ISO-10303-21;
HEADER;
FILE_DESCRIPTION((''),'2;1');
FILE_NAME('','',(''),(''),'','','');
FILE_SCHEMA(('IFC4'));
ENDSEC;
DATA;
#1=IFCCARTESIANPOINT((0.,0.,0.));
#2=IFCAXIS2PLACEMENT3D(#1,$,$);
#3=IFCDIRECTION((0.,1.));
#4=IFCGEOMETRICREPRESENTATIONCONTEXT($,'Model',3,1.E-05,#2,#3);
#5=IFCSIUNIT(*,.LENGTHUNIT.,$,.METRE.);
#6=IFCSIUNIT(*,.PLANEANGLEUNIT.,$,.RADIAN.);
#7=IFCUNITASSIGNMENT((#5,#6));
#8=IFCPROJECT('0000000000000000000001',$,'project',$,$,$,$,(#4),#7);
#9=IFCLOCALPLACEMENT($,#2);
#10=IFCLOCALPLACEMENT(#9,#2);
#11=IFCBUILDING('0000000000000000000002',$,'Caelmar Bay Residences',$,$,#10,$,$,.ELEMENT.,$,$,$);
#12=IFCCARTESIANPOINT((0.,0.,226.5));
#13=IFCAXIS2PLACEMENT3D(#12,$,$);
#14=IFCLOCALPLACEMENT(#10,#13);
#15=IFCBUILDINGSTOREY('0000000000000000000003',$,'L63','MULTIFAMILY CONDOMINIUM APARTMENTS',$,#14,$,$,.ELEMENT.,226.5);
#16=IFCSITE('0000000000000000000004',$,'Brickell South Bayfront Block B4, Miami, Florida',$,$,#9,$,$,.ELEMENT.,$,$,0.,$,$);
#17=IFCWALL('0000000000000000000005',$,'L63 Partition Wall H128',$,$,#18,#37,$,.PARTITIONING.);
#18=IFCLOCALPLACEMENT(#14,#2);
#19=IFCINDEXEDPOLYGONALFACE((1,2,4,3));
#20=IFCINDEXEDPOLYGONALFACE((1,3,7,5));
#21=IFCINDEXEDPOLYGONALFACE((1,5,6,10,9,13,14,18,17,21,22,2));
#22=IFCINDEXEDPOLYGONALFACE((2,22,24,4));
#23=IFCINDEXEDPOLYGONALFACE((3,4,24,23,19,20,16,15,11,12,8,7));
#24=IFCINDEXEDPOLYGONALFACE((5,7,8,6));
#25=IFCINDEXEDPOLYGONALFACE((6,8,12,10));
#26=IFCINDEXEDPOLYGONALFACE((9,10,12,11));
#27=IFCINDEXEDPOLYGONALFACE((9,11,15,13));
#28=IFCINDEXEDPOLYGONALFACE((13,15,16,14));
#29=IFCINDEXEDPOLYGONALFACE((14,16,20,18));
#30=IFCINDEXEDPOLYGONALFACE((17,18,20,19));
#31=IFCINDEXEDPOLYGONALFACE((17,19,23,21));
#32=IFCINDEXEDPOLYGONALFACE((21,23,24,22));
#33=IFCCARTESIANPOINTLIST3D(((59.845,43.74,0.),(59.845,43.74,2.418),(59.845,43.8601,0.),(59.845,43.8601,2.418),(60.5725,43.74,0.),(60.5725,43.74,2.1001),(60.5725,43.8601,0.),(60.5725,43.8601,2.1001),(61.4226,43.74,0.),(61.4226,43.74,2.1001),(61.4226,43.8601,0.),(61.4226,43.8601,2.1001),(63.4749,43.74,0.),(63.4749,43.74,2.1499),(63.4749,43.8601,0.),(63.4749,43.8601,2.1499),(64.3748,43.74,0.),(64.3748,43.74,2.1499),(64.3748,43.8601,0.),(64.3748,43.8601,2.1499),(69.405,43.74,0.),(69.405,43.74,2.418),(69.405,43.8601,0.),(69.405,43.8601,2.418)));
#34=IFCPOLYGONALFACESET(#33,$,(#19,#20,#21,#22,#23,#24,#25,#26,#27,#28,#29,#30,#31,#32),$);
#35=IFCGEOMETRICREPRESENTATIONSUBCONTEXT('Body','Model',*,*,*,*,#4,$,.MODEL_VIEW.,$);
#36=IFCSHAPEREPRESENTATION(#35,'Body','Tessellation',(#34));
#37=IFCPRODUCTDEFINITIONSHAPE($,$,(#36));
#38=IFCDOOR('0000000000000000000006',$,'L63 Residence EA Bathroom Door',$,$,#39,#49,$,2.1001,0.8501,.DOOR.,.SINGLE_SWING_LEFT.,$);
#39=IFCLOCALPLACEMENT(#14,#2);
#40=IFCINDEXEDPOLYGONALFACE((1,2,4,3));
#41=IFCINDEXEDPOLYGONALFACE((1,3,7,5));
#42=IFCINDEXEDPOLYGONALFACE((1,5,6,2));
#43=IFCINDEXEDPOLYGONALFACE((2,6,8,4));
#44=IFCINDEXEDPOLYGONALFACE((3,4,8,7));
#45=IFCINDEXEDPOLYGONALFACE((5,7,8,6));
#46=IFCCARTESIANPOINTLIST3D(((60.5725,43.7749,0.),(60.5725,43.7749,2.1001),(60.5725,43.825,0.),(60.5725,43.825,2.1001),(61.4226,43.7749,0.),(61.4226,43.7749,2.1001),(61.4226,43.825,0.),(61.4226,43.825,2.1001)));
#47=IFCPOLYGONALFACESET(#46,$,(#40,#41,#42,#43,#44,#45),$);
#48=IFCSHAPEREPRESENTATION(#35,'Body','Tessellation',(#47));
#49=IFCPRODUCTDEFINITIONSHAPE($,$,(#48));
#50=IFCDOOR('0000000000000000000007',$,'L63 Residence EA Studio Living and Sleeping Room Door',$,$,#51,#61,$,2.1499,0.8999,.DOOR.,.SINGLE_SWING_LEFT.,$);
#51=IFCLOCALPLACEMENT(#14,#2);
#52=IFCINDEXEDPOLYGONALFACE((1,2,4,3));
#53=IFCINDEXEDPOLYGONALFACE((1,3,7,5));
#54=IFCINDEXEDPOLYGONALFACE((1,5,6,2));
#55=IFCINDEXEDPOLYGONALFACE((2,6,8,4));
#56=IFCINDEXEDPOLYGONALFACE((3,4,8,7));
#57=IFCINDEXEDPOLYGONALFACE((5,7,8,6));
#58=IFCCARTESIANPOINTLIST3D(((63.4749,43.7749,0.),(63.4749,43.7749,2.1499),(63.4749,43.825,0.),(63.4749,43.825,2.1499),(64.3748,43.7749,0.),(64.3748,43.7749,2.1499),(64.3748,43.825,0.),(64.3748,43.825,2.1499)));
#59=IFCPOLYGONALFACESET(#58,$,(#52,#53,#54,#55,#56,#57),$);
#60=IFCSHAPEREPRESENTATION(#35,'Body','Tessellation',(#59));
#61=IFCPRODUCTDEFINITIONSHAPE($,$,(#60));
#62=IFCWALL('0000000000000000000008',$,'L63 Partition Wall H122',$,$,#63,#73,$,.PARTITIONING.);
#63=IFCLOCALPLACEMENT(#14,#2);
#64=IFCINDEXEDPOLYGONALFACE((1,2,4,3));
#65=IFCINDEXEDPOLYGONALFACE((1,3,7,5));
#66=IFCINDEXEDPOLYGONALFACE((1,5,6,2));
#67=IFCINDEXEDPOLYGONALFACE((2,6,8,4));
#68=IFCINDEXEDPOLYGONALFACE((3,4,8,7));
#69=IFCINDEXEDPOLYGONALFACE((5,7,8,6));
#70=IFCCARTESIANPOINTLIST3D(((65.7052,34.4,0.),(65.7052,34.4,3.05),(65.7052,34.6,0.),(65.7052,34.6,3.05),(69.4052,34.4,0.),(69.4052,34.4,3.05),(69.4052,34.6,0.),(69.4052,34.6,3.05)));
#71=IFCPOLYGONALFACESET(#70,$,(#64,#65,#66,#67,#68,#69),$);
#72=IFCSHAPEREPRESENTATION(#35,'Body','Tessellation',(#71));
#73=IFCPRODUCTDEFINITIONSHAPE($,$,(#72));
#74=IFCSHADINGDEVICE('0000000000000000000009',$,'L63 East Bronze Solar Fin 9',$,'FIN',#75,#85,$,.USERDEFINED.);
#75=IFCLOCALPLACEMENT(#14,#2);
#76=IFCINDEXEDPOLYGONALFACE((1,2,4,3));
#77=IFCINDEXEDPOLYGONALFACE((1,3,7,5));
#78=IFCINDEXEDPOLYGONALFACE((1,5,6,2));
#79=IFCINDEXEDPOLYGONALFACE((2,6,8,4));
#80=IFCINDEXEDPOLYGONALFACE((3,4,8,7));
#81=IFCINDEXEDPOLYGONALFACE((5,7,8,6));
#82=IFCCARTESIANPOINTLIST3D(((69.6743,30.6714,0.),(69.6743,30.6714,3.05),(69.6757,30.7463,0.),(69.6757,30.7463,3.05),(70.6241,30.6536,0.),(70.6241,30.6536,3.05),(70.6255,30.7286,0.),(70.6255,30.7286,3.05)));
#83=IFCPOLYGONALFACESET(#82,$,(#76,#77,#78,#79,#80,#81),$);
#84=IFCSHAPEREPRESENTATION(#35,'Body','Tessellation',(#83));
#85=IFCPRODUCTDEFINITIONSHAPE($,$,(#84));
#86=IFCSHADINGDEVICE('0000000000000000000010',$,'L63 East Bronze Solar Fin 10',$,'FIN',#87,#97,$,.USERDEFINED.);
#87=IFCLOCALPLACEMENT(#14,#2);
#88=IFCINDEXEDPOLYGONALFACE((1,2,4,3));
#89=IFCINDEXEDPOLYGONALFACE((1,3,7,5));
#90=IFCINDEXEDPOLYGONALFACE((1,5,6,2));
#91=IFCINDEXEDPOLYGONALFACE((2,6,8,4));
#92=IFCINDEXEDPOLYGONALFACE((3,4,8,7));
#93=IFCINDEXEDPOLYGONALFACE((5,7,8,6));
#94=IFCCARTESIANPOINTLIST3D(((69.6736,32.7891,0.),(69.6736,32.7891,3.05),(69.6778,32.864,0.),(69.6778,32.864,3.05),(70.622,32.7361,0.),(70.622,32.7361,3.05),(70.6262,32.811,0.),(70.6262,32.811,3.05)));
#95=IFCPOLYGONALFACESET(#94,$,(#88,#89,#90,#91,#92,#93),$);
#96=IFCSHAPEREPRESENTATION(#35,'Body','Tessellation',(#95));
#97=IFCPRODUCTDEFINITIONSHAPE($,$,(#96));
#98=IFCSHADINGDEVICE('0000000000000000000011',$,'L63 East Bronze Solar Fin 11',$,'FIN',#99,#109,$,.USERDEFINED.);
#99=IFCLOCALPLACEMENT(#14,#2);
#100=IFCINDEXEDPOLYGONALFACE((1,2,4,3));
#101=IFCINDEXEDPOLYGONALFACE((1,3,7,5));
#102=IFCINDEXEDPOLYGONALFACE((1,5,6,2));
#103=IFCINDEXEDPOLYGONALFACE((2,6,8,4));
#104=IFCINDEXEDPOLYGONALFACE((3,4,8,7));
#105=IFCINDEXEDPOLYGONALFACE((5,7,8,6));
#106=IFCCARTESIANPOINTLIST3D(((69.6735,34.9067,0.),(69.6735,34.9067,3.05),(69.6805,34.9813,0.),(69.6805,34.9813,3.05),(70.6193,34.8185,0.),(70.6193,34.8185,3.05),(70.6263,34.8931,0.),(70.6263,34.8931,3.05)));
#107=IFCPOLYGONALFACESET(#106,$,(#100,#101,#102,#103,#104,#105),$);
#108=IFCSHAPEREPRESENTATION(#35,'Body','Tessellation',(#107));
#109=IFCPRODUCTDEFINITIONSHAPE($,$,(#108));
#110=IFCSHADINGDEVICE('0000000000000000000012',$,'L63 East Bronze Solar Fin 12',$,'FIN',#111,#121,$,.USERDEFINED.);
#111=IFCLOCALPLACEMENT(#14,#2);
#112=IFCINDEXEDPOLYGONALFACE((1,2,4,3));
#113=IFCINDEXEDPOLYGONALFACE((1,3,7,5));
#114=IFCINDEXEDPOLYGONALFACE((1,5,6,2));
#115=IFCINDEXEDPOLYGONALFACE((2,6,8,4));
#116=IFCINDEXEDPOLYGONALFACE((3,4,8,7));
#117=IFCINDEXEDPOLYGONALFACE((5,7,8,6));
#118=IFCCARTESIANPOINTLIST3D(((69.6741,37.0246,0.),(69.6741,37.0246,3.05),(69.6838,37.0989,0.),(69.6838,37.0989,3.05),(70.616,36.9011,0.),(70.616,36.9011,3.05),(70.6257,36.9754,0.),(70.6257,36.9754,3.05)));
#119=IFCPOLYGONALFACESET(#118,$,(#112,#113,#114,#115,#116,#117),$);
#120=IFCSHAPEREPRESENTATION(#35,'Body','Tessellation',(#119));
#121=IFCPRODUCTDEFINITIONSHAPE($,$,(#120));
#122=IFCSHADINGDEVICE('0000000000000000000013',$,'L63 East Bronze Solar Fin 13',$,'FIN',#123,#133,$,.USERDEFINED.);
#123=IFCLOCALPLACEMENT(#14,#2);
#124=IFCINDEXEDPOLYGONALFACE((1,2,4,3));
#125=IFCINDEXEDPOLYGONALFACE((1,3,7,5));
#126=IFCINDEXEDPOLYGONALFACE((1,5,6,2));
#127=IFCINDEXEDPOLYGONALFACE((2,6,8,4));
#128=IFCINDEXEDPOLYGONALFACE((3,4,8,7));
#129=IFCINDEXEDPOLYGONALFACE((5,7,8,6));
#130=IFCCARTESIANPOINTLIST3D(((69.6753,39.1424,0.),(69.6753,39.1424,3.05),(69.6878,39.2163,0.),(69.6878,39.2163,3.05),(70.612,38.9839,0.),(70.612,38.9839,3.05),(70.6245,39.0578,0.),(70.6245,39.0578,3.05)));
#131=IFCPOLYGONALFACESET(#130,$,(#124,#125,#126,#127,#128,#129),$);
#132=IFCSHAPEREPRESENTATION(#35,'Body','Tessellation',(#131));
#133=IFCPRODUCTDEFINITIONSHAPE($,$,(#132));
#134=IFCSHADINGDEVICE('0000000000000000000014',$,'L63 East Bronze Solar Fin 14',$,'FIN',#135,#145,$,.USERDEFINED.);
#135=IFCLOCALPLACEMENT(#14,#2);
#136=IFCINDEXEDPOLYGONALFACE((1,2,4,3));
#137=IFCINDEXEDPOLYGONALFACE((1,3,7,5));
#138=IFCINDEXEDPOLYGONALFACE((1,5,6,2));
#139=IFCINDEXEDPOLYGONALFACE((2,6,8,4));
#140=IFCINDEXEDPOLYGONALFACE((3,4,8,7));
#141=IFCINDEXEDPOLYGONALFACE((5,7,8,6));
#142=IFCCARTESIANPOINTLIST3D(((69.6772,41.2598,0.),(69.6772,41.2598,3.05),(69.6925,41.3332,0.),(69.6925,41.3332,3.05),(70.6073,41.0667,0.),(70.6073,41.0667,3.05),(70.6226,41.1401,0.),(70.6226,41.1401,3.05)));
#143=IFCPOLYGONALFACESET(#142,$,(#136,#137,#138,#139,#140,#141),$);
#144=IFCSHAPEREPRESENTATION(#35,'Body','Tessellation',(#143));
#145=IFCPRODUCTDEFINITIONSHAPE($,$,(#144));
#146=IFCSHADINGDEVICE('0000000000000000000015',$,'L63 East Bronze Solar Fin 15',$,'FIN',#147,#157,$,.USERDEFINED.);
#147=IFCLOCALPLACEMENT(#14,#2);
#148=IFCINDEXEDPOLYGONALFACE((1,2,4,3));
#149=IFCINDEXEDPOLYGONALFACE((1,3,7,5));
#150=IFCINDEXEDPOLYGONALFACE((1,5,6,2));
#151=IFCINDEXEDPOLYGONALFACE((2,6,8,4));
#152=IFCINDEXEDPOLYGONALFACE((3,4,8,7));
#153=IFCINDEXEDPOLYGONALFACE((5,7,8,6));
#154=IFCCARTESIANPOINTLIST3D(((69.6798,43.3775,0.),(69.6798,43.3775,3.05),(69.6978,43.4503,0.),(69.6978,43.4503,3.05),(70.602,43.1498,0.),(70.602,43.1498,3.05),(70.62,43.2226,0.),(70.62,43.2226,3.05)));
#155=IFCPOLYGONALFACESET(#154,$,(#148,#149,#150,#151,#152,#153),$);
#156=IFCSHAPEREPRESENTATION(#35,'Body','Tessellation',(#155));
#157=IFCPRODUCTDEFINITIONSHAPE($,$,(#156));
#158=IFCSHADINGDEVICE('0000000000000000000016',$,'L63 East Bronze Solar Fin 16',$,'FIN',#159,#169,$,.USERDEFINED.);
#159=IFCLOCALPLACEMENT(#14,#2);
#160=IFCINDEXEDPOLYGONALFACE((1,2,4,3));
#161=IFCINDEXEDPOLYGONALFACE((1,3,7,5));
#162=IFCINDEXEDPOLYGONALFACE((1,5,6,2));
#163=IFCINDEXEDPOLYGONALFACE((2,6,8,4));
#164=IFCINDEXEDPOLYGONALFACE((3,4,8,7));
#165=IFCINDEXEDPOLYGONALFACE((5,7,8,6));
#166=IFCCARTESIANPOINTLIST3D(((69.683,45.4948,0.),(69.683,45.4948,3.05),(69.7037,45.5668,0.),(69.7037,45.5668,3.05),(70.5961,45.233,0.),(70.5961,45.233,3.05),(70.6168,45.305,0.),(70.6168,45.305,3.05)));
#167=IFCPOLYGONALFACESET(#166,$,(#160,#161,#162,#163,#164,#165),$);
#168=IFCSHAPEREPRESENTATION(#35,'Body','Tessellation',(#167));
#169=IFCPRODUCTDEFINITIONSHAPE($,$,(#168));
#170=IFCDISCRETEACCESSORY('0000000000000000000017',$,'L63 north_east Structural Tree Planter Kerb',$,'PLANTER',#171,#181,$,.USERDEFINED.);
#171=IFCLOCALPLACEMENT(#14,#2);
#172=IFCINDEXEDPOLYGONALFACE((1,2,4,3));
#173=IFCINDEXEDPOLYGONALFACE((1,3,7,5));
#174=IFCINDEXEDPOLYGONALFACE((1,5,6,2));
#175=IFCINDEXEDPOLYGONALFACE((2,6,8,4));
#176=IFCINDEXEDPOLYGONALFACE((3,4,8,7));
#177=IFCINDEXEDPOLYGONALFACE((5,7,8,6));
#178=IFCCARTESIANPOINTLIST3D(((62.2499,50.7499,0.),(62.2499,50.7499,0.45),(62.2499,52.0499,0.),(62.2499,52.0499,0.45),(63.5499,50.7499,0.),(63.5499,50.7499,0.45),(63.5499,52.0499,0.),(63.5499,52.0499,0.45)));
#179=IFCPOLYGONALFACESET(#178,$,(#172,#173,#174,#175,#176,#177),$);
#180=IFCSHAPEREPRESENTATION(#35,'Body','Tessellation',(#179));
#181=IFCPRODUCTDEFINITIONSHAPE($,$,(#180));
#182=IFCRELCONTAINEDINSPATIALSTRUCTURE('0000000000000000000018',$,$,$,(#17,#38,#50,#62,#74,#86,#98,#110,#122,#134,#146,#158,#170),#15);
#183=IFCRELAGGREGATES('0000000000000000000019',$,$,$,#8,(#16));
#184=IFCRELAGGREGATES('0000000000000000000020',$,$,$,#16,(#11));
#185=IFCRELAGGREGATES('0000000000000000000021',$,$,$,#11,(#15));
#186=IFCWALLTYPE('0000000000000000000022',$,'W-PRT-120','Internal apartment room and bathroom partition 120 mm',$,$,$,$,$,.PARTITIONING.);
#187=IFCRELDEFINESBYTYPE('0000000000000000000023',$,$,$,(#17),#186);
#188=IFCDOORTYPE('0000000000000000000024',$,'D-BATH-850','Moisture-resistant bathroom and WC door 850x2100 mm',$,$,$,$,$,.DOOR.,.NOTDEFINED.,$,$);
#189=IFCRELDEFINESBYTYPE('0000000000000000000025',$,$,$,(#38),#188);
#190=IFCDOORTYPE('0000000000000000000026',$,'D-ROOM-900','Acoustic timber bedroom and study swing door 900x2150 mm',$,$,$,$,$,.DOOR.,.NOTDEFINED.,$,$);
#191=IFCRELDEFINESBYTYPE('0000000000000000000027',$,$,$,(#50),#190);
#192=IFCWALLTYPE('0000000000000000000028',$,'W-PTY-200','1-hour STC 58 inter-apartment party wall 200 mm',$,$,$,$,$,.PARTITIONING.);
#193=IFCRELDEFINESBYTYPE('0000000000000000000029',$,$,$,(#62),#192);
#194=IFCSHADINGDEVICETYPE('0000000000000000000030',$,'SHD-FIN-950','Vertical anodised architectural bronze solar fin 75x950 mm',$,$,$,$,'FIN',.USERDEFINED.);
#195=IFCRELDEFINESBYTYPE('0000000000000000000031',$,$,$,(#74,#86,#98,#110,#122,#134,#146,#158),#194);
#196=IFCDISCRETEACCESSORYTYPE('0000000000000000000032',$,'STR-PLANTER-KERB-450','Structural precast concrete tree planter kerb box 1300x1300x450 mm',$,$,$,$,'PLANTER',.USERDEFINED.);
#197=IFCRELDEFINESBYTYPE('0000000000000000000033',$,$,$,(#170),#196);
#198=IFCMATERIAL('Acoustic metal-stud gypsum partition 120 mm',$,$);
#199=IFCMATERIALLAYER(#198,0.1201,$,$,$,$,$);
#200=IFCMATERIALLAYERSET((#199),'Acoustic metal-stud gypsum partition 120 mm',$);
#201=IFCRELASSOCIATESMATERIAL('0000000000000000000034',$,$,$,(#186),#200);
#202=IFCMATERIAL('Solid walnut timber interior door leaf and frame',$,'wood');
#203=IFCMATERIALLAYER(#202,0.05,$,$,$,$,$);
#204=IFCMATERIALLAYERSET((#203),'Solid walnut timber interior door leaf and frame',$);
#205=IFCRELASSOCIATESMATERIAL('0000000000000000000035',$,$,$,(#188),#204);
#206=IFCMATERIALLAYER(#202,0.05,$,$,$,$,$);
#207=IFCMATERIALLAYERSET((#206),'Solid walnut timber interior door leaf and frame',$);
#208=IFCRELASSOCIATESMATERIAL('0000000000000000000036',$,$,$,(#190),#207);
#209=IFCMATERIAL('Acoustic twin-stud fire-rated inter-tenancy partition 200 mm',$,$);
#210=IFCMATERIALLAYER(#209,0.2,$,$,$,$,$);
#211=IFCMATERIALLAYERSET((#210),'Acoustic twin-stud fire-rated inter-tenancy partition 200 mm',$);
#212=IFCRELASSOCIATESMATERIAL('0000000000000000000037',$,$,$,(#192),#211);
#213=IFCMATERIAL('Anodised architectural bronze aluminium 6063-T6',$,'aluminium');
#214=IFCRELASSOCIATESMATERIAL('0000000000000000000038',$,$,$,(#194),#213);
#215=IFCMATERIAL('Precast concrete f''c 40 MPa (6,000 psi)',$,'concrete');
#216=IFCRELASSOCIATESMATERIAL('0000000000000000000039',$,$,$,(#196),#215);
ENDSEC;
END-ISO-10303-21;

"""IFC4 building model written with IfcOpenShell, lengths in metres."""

from ifc_helpers import new_model, si_unit, direction, frame, frame_2d, origin, origin_2d, place, context, subcontext, project, spatial, rectangle, extrude, material, layer, layer_set, material_profile, profile_set, type_object, element, fill, save


model = new_model("IFC4")

# Units and contexts
model_context = context("Model", 3, precision=1e-05, world=origin(), true_north=direction((0.0, 1.0)))
body_context = subcontext(model_context, "Body", "Model", "MODEL_VIEW")
ifc_project = project(units=[si_unit("LENGTHUNIT", "METRE"), si_unit("PLANEANGLEUNIT", "RADIAN")], contexts=[model_context])

# Site, building, storey
site_placement = place(None, origin())
site = spatial("IfcSite", under=ifc_project, at=site_placement, Name="Brickell South Bayfront Block B4, Miami, Florida", CompositionType="ELEMENT", RefElevation=0.0)
building_placement = place(site_placement, origin())
building = spatial("IfcBuilding", under=site, at=building_placement, Name="Caelmar Bay Residences", CompositionType="ELEMENT")
storey_placement = place(building_placement, frame((0.0, 0.0, 226.5)))
storey = spatial("IfcBuildingStorey", under=building, at=storey_placement, Name="L63", Description="MULTIFAMILY CONDOMINIUM APARTMENTS", CompositionType="ELEMENT", Elevation=226.5)

# Shared definitions
ifc_material_1 = material(Name="Precast concrete f'c 40 MPa (6,000 psi)", Category="concrete")

# Shared definitions
ifc_material_2 = material(Name="Acoustic metal-stud gypsum partition 120 mm")
ifc_layer_1 = layer(ifc_material_2, 0.1201)
ifc_layer_set_1 = layer_set([ifc_layer_1], Name="Acoustic metal-stud gypsum partition 120 mm")
wall_type_1 = type_object("IfcWallType", Name="W-PRT-120", Description="Internal apartment room and bathroom partition 120 mm", PredefinedType="PARTITIONING", material=ifc_layer_set_1)
ifc_material_3 = material(Name="Solid walnut timber interior door leaf and frame", Category="wood")
ifc_layer_2 = layer(ifc_material_3, 0.05)
ifc_layer_set_2 = layer_set([ifc_layer_2], Name="Solid walnut timber interior door leaf and frame")
door_type_1 = type_object("IfcDoorType", Name="D-BATH-850", Description="Moisture-resistant bathroom and WC door 850x2100 mm", OperationType="NOTDEFINED", PredefinedType="DOOR", material=ifc_layer_set_2)

# Shared definitions
ifc_layer_3 = layer(ifc_material_3, 0.05)
ifc_layer_set_3 = layer_set([ifc_layer_3], Name="Solid walnut timber interior door leaf and frame")
door_type_2 = type_object("IfcDoorType", Name="D-ROOM-900", Description="Acoustic timber bedroom and study swing door 900x2150 mm", OperationType="NOTDEFINED", PredefinedType="DOOR", material=ifc_layer_set_3)

# Wall, openings, doors
wall_1_placement = place(storey_placement, frame((59.845, 43.8, 0.0), z_axis=(0.0, 0.0, 1.0), x_axis=(1.0, 0.0, 0.0)))
wall_1 = element("IfcWall", 1, at=wall_1_placement, inside=storey, type_object=wall_type_1, Name="L63 Partition Wall H128", PredefinedType="PARTITIONING", context=body_context, shape_type="SweptSolid", body=[
    extrude(rectangle(XDim=9.5601, YDim=0.1201, at=frame_2d((4.78, 0.0))), origin(), (0.0, 0.0, 1.0), 2.418),
])
opening_1_placement = place(wall_1_placement, frame((3.6299, 0.0, 0.0)))
opening_1 = element("IfcOpeningElement", 2, at=opening_1_placement, cuts=wall_1, PredefinedType="OPENING", context=body_context, shape_type="SweptSolid", body=[
    extrude(rectangle(XDim=0.8999, YDim=2.1499, at=frame_2d((0.45, 1.075))), frame((0.0, 0.0701, 0.0), z_axis=(0.0, -1.0, 0.0), x_axis=(1.0, 0.0, 0.0)), (0.0, 0.0, 1.0), 0.1401),
])
opening_2_placement = place(wall_1_placement, frame((0.7275, 0.0, 0.0)))
opening_2 = element("IfcOpeningElement", 3, at=opening_2_placement, cuts=wall_1, PredefinedType="OPENING", context=body_context, shape_type="SweptSolid", body=[
    extrude(rectangle(XDim=0.8501, YDim=2.1001, at=frame_2d((0.425, 1.05))), frame((0.0, 0.0701, 0.0), z_axis=(0.0, -1.0, 0.0), x_axis=(1.0, 0.0, 0.0)), (0.0, 0.0, 1.0), 0.1401),
])
door_1_placement = place(opening_2_placement, origin())
door_1 = element("IfcDoor", 4, at=door_1_placement, inside=storey, type_object=door_type_1, Name="L63 Residence EA Bathroom Door", OperationType="SINGLE_SWING_LEFT", OverallHeight=2.1001, OverallWidth=0.8501, PredefinedType="DOOR", context=body_context, shape_type="SweptSolid", body=[
    extrude(rectangle(XDim=0.8501, YDim=2.1001, at=frame_2d((0.425, 1.05))), frame((0.0, 0.0249, 0.0), z_axis=(0.0, -1.0, 0.0), x_axis=(1.0, 0.0, 0.0)), (0.0, 0.0, 1.0), 0.05),
])
fill(opening_2, door_1)
door_2_placement = place(opening_1_placement, origin())
door_2 = element("IfcDoor", 5, at=door_2_placement, inside=storey, type_object=door_type_2, Name="L63 Residence EA Studio Living and Sleeping Room Door", OperationType="SINGLE_SWING_LEFT", OverallHeight=2.1499, OverallWidth=0.8999, PredefinedType="DOOR", context=body_context, shape_type="SweptSolid", body=[
    extrude(rectangle(XDim=0.8999, YDim=2.1499, at=frame_2d((0.45, 1.075))), frame((0.0, 0.0249, 0.0), z_axis=(0.0, -1.0, 0.0), x_axis=(1.0, 0.0, 0.0)), (0.0, 0.0, 1.0), 0.05),
])
fill(opening_1, door_2)

# Wall
ifc_material_4 = material(Name="Acoustic twin-stud fire-rated inter-tenancy partition 200 mm")
ifc_layer_4 = layer(ifc_material_4, 0.2)
ifc_layer_set_4 = layer_set([ifc_layer_4], Name="Acoustic twin-stud fire-rated inter-tenancy partition 200 mm")
wall_type_2 = type_object("IfcWallType", Name="W-PTY-200", Description="1-hour STC 58 inter-apartment party wall 200 mm", PredefinedType="PARTITIONING", material=ifc_layer_set_4)
wall_2_placement = place(storey_placement, frame((65.7051, 34.5, 0.0), z_axis=(0.0, 0.0, 1.0), x_axis=(1.0, 0.0, 0.0)))
element("IfcWall", 6, at=wall_2_placement, inside=storey, type_object=wall_type_2, Name="L63 Partition Wall H122", PredefinedType="PARTITIONING", context=body_context, shape_type="SweptSolid", body=[
    extrude(rectangle(XDim=3.7, YDim=0.2, at=frame_2d((1.8501, 0.0))), origin(), (0.0, 0.0, 1.0), 3.05),
])

# Shading devices
ifc_material_5 = material(Name="Anodised architectural bronze aluminium 6063-T6", Category="aluminium")
ifc_material_profile_1 = material_profile(ifc_material_5, rectangle(XDim=0.075, YDim=0.95, at=origin_2d()), Name="BRONZE-FIN-75X950")
ifc_profile_set_1 = profile_set([ifc_material_profile_1], Name="Anodised architectural bronze aluminium 6063-T6")
shading_device_type = type_object("IfcShadingDeviceType", Name="SHD-FIN-950", Description="Vertical anodised architectural bronze solar fin 75x950 mm", ElementType="FIN", PredefinedType="USERDEFINED", material=ifc_profile_set_1)
for number, where, z_axis, x_axis, name in (
    (7, (70.1499, 30.7, 0.0), (0.0, 0.0, 1.0), (0.018674, 0.999826, 0.0), "L63 East Bronze Solar Fin 9"),
    (8, (70.1499, 32.8, 0.0), (0.0, 0.0, 1.0), (0.055822, 0.998441, 0.0), "L63 East Bronze Solar Fin 10"),
    (9, (70.1499, 34.8999, 0.0), (0.0, 0.0, 1.0), (0.092892, 0.995676, 0.0), "L63 East Bronze Solar Fin 11"),
    (10, (70.1499, 37.0, 0.0), (0.0, 0.0, 1.0), (0.130007, 0.991513, 0.0), "L63 East Bronze Solar Fin 12"),
    (11, (70.1499, 39.1001, 0.0), (0.0, 0.0, 1.0), (0.166769, 0.985996, 0.0), "L63 East Bronze Solar Fin 13"),
    (12, (70.1499, 41.2, 0.0), (0.0, 0.0, 1.0), (0.2033, 0.979116, 0.0), "L63 East Bronze Solar Fin 14"),
    (13, (70.1499, 43.3, 0.0), (0.0, 0.0, 1.0), (0.23972, 0.970842, 0.0), "L63 East Bronze Solar Fin 15"),
    (14, (70.1499, 45.3999, 0.0), (0.0, 0.0, 1.0), (0.275637, 0.961262, 0.0), "L63 East Bronze Solar Fin 16"),
):
    element("IfcShadingDevice", number, at=place(storey_placement, frame(where, z_axis=z_axis, x_axis=x_axis)), inside=storey, type_object=shading_device_type, Name=name, ObjectType="FIN", PredefinedType="USERDEFINED", context=body_context, shape_type="SweptSolid", body=[
        extrude(rectangle(XDim=0.075, YDim=0.95, at=origin_2d()), origin(), (0.0, 0.0, 1.0), 3.05),
    ])

# Discrete accessory
discrete_accessory_type = type_object("IfcDiscreteAccessoryType", Name="STR-PLANTER-KERB-450", Description="Structural precast concrete tree planter kerb box 1300x1300x450 mm", ElementType="PLANTER", PredefinedType="USERDEFINED", material=ifc_material_1)
discrete_accessory_placement = place(storey_placement, frame((62.8999, 51.3999, 0.0), z_axis=(0.0, 0.0, 1.0), x_axis=(1.0, 0.0, 0.0)))
element("IfcDiscreteAccessory", 15, at=discrete_accessory_placement, inside=storey, type_object=discrete_accessory_type, Name="L63 north_east Structural Tree Planter Kerb", ObjectType="PLANTER", PredefinedType="USERDEFINED", context=body_context, shape_type="SweptSolid", body=[
    extrude(rectangle(XDim=1.3, YDim=1.3, at=origin_2d()), origin(), (0.0, 0.0, 1.0), 0.45),
])

save(model, "model.ifc")
